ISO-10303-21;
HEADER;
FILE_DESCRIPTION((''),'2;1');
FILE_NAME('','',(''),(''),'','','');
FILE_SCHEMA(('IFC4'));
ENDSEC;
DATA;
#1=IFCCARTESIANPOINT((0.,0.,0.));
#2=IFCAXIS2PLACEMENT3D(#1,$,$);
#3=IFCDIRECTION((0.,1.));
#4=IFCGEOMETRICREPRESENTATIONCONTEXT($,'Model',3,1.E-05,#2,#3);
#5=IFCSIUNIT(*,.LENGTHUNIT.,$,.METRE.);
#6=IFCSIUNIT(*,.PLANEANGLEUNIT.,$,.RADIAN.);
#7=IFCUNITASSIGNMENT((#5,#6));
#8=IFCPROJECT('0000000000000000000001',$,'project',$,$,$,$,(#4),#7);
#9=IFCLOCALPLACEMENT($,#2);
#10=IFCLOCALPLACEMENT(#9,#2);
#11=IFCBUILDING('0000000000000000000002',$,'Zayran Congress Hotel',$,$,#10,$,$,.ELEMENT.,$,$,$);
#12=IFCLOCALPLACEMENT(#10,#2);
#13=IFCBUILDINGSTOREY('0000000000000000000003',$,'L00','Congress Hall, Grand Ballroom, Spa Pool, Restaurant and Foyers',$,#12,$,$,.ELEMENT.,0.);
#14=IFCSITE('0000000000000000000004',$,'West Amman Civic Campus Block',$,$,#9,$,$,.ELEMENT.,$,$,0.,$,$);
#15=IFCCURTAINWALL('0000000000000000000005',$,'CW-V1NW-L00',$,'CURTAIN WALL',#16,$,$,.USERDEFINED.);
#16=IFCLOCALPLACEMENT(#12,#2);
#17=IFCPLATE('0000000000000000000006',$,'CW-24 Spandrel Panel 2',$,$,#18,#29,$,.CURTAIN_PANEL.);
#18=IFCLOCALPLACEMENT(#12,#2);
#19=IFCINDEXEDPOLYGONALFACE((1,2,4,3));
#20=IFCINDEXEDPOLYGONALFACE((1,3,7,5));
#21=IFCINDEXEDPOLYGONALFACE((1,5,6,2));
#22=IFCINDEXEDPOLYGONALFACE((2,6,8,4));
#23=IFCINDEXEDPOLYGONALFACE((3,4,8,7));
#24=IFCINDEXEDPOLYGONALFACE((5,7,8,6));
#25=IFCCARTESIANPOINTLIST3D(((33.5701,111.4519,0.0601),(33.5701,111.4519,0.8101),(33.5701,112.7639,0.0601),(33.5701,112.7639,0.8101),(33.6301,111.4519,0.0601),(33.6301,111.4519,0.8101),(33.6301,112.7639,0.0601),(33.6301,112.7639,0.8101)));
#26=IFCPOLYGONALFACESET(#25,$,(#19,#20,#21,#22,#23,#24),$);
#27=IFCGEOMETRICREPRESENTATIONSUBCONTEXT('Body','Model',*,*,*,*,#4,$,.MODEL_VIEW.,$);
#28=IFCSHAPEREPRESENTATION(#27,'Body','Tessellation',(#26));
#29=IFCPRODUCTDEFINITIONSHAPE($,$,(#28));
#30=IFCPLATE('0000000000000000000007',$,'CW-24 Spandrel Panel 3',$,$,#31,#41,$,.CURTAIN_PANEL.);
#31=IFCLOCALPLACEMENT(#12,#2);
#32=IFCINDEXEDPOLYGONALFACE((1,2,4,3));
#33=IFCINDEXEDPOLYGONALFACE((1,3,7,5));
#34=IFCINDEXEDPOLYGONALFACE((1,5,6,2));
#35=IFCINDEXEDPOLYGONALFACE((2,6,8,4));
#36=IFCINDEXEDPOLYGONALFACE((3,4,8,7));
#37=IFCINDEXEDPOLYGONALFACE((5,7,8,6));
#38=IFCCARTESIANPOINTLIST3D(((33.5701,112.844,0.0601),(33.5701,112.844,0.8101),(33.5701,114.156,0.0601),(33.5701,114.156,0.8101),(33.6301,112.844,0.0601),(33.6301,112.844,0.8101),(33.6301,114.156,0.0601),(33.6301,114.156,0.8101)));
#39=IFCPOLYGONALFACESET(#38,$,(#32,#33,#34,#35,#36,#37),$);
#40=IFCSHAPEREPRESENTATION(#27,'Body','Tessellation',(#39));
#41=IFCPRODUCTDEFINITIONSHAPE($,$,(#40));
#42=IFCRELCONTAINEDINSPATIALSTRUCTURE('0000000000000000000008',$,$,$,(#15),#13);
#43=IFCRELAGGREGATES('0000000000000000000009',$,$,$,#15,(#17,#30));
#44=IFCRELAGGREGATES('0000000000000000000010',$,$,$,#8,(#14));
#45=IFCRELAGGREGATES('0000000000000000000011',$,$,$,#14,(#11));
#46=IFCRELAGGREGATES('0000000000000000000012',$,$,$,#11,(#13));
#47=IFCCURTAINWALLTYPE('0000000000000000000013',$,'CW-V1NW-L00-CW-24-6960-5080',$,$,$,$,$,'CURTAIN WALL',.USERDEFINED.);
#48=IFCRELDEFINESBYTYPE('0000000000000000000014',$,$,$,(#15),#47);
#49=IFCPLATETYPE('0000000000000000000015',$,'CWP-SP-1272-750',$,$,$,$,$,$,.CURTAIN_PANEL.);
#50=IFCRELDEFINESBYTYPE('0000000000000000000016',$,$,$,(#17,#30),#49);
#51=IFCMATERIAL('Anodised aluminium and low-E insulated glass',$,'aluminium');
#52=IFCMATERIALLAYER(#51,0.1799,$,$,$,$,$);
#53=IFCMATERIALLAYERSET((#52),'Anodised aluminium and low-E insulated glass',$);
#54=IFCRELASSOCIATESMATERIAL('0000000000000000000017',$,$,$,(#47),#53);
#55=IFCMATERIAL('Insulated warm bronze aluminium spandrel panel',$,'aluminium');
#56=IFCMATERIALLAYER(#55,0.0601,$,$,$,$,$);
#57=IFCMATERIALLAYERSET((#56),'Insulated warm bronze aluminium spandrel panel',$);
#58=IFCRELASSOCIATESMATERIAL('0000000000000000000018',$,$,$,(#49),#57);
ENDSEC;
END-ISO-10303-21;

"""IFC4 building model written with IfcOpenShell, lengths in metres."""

from ifc_helpers import new_model, si_unit, direction, frame, origin, origin_2d, place, context, subcontext, project, spatial, rectangle, extrude, material, layer, layer_set, type_object, element, aggregate, save


model = new_model("IFC4")

# Units and contexts
model_context = context("Model", 3, precision=1e-05, world=origin(), true_north=direction((0.0, 1.0)))
body_context = subcontext(model_context, "Body", "Model", "MODEL_VIEW")
ifc_project = project(units=[si_unit("LENGTHUNIT", "METRE"), si_unit("PLANEANGLEUNIT", "RADIAN")], contexts=[model_context])

# Site, building, storey
site_placement = place(None, origin())
site = spatial("IfcSite", under=ifc_project, at=site_placement, Name="West Amman Civic Campus Block", CompositionType="ELEMENT", RefElevation=0.0)
building_placement = place(site_placement, origin())
building = spatial("IfcBuilding", under=site, at=building_placement, Name="Zayran Congress Hotel", CompositionType="ELEMENT")
storey_placement = place(building_placement, origin())
storey = spatial("IfcBuildingStorey", under=building, at=storey_placement, Name="L00", Description="Congress Hall, Grand Ballroom, Spa Pool, Restaurant and Foyers", CompositionType="ELEMENT", Elevation=0.0)

# Curtain wall, plates
ifc_material_1 = material(Name="Anodised aluminium and low-E insulated glass", Category="aluminium")
ifc_layer_1 = layer(ifc_material_1, 0.1799)
ifc_layer_set_1 = layer_set([ifc_layer_1], Name="Anodised aluminium and low-E insulated glass")
curtain_wall_type = type_object("IfcCurtainWallType", Name="CW-V1NW-L00-CW-24-6960-5080", ElementType="CURTAIN WALL", PredefinedType="USERDEFINED", material=ifc_layer_set_1)
curtain_wall_placement = place(storey_placement, origin())
curtain_wall = element("IfcCurtainWall", 1, at=curtain_wall_placement, inside=storey, type_object=curtain_wall_type, Name="CW-V1NW-L00", ObjectType="CURTAIN WALL", PredefinedType="USERDEFINED")
ifc_material_2 = material(Name="Insulated warm bronze aluminium spandrel panel", Category="aluminium")
ifc_layer_2 = layer(ifc_material_2, 0.0601)
ifc_layer_set_2 = layer_set([ifc_layer_2], Name="Insulated warm bronze aluminium spandrel panel")
plate_type_1 = type_object("IfcPlateType", Name="CWP-SP-1272-750", PredefinedType="CURTAIN_PANEL", material=ifc_layer_set_2)
plate_1_placement = place(storey_placement, frame((33.6001, 112.1079, 0.0601), z_axis=(0.0, 0.0, 1.0), x_axis=(0.0, 1.0, 0.0)))
plate_1 = element("IfcPlate", 2, at=plate_1_placement, type_object=plate_type_1, Name="CW-24 Spandrel Panel 2", PredefinedType="CURTAIN_PANEL", context=body_context, shape_type="SweptSolid", body=[
    extrude(rectangle(XDim=1.312, YDim=0.0601, at=origin_2d()), origin(), (0.0, 0.0, 1.0), 0.75),
])
plate_2_placement = place(storey_placement, frame((33.6001, 113.5, 0.0601), z_axis=(0.0, 0.0, 1.0), x_axis=(0.0, 1.0, 0.0)))
plate_2 = element("IfcPlate", 3, at=plate_2_placement, type_object=plate_type_1, Name="CW-24 Spandrel Panel 3", PredefinedType="CURTAIN_PANEL", context=body_context, shape_type="SweptSolid", body=[
    extrude(rectangle(XDim=1.312, YDim=0.0601, at=origin_2d()), origin(), (0.0, 0.0, 1.0), 0.75),
])
aggregate(curtain_wall, [plate_1, plate_2])

save(model, "model.ifc")
